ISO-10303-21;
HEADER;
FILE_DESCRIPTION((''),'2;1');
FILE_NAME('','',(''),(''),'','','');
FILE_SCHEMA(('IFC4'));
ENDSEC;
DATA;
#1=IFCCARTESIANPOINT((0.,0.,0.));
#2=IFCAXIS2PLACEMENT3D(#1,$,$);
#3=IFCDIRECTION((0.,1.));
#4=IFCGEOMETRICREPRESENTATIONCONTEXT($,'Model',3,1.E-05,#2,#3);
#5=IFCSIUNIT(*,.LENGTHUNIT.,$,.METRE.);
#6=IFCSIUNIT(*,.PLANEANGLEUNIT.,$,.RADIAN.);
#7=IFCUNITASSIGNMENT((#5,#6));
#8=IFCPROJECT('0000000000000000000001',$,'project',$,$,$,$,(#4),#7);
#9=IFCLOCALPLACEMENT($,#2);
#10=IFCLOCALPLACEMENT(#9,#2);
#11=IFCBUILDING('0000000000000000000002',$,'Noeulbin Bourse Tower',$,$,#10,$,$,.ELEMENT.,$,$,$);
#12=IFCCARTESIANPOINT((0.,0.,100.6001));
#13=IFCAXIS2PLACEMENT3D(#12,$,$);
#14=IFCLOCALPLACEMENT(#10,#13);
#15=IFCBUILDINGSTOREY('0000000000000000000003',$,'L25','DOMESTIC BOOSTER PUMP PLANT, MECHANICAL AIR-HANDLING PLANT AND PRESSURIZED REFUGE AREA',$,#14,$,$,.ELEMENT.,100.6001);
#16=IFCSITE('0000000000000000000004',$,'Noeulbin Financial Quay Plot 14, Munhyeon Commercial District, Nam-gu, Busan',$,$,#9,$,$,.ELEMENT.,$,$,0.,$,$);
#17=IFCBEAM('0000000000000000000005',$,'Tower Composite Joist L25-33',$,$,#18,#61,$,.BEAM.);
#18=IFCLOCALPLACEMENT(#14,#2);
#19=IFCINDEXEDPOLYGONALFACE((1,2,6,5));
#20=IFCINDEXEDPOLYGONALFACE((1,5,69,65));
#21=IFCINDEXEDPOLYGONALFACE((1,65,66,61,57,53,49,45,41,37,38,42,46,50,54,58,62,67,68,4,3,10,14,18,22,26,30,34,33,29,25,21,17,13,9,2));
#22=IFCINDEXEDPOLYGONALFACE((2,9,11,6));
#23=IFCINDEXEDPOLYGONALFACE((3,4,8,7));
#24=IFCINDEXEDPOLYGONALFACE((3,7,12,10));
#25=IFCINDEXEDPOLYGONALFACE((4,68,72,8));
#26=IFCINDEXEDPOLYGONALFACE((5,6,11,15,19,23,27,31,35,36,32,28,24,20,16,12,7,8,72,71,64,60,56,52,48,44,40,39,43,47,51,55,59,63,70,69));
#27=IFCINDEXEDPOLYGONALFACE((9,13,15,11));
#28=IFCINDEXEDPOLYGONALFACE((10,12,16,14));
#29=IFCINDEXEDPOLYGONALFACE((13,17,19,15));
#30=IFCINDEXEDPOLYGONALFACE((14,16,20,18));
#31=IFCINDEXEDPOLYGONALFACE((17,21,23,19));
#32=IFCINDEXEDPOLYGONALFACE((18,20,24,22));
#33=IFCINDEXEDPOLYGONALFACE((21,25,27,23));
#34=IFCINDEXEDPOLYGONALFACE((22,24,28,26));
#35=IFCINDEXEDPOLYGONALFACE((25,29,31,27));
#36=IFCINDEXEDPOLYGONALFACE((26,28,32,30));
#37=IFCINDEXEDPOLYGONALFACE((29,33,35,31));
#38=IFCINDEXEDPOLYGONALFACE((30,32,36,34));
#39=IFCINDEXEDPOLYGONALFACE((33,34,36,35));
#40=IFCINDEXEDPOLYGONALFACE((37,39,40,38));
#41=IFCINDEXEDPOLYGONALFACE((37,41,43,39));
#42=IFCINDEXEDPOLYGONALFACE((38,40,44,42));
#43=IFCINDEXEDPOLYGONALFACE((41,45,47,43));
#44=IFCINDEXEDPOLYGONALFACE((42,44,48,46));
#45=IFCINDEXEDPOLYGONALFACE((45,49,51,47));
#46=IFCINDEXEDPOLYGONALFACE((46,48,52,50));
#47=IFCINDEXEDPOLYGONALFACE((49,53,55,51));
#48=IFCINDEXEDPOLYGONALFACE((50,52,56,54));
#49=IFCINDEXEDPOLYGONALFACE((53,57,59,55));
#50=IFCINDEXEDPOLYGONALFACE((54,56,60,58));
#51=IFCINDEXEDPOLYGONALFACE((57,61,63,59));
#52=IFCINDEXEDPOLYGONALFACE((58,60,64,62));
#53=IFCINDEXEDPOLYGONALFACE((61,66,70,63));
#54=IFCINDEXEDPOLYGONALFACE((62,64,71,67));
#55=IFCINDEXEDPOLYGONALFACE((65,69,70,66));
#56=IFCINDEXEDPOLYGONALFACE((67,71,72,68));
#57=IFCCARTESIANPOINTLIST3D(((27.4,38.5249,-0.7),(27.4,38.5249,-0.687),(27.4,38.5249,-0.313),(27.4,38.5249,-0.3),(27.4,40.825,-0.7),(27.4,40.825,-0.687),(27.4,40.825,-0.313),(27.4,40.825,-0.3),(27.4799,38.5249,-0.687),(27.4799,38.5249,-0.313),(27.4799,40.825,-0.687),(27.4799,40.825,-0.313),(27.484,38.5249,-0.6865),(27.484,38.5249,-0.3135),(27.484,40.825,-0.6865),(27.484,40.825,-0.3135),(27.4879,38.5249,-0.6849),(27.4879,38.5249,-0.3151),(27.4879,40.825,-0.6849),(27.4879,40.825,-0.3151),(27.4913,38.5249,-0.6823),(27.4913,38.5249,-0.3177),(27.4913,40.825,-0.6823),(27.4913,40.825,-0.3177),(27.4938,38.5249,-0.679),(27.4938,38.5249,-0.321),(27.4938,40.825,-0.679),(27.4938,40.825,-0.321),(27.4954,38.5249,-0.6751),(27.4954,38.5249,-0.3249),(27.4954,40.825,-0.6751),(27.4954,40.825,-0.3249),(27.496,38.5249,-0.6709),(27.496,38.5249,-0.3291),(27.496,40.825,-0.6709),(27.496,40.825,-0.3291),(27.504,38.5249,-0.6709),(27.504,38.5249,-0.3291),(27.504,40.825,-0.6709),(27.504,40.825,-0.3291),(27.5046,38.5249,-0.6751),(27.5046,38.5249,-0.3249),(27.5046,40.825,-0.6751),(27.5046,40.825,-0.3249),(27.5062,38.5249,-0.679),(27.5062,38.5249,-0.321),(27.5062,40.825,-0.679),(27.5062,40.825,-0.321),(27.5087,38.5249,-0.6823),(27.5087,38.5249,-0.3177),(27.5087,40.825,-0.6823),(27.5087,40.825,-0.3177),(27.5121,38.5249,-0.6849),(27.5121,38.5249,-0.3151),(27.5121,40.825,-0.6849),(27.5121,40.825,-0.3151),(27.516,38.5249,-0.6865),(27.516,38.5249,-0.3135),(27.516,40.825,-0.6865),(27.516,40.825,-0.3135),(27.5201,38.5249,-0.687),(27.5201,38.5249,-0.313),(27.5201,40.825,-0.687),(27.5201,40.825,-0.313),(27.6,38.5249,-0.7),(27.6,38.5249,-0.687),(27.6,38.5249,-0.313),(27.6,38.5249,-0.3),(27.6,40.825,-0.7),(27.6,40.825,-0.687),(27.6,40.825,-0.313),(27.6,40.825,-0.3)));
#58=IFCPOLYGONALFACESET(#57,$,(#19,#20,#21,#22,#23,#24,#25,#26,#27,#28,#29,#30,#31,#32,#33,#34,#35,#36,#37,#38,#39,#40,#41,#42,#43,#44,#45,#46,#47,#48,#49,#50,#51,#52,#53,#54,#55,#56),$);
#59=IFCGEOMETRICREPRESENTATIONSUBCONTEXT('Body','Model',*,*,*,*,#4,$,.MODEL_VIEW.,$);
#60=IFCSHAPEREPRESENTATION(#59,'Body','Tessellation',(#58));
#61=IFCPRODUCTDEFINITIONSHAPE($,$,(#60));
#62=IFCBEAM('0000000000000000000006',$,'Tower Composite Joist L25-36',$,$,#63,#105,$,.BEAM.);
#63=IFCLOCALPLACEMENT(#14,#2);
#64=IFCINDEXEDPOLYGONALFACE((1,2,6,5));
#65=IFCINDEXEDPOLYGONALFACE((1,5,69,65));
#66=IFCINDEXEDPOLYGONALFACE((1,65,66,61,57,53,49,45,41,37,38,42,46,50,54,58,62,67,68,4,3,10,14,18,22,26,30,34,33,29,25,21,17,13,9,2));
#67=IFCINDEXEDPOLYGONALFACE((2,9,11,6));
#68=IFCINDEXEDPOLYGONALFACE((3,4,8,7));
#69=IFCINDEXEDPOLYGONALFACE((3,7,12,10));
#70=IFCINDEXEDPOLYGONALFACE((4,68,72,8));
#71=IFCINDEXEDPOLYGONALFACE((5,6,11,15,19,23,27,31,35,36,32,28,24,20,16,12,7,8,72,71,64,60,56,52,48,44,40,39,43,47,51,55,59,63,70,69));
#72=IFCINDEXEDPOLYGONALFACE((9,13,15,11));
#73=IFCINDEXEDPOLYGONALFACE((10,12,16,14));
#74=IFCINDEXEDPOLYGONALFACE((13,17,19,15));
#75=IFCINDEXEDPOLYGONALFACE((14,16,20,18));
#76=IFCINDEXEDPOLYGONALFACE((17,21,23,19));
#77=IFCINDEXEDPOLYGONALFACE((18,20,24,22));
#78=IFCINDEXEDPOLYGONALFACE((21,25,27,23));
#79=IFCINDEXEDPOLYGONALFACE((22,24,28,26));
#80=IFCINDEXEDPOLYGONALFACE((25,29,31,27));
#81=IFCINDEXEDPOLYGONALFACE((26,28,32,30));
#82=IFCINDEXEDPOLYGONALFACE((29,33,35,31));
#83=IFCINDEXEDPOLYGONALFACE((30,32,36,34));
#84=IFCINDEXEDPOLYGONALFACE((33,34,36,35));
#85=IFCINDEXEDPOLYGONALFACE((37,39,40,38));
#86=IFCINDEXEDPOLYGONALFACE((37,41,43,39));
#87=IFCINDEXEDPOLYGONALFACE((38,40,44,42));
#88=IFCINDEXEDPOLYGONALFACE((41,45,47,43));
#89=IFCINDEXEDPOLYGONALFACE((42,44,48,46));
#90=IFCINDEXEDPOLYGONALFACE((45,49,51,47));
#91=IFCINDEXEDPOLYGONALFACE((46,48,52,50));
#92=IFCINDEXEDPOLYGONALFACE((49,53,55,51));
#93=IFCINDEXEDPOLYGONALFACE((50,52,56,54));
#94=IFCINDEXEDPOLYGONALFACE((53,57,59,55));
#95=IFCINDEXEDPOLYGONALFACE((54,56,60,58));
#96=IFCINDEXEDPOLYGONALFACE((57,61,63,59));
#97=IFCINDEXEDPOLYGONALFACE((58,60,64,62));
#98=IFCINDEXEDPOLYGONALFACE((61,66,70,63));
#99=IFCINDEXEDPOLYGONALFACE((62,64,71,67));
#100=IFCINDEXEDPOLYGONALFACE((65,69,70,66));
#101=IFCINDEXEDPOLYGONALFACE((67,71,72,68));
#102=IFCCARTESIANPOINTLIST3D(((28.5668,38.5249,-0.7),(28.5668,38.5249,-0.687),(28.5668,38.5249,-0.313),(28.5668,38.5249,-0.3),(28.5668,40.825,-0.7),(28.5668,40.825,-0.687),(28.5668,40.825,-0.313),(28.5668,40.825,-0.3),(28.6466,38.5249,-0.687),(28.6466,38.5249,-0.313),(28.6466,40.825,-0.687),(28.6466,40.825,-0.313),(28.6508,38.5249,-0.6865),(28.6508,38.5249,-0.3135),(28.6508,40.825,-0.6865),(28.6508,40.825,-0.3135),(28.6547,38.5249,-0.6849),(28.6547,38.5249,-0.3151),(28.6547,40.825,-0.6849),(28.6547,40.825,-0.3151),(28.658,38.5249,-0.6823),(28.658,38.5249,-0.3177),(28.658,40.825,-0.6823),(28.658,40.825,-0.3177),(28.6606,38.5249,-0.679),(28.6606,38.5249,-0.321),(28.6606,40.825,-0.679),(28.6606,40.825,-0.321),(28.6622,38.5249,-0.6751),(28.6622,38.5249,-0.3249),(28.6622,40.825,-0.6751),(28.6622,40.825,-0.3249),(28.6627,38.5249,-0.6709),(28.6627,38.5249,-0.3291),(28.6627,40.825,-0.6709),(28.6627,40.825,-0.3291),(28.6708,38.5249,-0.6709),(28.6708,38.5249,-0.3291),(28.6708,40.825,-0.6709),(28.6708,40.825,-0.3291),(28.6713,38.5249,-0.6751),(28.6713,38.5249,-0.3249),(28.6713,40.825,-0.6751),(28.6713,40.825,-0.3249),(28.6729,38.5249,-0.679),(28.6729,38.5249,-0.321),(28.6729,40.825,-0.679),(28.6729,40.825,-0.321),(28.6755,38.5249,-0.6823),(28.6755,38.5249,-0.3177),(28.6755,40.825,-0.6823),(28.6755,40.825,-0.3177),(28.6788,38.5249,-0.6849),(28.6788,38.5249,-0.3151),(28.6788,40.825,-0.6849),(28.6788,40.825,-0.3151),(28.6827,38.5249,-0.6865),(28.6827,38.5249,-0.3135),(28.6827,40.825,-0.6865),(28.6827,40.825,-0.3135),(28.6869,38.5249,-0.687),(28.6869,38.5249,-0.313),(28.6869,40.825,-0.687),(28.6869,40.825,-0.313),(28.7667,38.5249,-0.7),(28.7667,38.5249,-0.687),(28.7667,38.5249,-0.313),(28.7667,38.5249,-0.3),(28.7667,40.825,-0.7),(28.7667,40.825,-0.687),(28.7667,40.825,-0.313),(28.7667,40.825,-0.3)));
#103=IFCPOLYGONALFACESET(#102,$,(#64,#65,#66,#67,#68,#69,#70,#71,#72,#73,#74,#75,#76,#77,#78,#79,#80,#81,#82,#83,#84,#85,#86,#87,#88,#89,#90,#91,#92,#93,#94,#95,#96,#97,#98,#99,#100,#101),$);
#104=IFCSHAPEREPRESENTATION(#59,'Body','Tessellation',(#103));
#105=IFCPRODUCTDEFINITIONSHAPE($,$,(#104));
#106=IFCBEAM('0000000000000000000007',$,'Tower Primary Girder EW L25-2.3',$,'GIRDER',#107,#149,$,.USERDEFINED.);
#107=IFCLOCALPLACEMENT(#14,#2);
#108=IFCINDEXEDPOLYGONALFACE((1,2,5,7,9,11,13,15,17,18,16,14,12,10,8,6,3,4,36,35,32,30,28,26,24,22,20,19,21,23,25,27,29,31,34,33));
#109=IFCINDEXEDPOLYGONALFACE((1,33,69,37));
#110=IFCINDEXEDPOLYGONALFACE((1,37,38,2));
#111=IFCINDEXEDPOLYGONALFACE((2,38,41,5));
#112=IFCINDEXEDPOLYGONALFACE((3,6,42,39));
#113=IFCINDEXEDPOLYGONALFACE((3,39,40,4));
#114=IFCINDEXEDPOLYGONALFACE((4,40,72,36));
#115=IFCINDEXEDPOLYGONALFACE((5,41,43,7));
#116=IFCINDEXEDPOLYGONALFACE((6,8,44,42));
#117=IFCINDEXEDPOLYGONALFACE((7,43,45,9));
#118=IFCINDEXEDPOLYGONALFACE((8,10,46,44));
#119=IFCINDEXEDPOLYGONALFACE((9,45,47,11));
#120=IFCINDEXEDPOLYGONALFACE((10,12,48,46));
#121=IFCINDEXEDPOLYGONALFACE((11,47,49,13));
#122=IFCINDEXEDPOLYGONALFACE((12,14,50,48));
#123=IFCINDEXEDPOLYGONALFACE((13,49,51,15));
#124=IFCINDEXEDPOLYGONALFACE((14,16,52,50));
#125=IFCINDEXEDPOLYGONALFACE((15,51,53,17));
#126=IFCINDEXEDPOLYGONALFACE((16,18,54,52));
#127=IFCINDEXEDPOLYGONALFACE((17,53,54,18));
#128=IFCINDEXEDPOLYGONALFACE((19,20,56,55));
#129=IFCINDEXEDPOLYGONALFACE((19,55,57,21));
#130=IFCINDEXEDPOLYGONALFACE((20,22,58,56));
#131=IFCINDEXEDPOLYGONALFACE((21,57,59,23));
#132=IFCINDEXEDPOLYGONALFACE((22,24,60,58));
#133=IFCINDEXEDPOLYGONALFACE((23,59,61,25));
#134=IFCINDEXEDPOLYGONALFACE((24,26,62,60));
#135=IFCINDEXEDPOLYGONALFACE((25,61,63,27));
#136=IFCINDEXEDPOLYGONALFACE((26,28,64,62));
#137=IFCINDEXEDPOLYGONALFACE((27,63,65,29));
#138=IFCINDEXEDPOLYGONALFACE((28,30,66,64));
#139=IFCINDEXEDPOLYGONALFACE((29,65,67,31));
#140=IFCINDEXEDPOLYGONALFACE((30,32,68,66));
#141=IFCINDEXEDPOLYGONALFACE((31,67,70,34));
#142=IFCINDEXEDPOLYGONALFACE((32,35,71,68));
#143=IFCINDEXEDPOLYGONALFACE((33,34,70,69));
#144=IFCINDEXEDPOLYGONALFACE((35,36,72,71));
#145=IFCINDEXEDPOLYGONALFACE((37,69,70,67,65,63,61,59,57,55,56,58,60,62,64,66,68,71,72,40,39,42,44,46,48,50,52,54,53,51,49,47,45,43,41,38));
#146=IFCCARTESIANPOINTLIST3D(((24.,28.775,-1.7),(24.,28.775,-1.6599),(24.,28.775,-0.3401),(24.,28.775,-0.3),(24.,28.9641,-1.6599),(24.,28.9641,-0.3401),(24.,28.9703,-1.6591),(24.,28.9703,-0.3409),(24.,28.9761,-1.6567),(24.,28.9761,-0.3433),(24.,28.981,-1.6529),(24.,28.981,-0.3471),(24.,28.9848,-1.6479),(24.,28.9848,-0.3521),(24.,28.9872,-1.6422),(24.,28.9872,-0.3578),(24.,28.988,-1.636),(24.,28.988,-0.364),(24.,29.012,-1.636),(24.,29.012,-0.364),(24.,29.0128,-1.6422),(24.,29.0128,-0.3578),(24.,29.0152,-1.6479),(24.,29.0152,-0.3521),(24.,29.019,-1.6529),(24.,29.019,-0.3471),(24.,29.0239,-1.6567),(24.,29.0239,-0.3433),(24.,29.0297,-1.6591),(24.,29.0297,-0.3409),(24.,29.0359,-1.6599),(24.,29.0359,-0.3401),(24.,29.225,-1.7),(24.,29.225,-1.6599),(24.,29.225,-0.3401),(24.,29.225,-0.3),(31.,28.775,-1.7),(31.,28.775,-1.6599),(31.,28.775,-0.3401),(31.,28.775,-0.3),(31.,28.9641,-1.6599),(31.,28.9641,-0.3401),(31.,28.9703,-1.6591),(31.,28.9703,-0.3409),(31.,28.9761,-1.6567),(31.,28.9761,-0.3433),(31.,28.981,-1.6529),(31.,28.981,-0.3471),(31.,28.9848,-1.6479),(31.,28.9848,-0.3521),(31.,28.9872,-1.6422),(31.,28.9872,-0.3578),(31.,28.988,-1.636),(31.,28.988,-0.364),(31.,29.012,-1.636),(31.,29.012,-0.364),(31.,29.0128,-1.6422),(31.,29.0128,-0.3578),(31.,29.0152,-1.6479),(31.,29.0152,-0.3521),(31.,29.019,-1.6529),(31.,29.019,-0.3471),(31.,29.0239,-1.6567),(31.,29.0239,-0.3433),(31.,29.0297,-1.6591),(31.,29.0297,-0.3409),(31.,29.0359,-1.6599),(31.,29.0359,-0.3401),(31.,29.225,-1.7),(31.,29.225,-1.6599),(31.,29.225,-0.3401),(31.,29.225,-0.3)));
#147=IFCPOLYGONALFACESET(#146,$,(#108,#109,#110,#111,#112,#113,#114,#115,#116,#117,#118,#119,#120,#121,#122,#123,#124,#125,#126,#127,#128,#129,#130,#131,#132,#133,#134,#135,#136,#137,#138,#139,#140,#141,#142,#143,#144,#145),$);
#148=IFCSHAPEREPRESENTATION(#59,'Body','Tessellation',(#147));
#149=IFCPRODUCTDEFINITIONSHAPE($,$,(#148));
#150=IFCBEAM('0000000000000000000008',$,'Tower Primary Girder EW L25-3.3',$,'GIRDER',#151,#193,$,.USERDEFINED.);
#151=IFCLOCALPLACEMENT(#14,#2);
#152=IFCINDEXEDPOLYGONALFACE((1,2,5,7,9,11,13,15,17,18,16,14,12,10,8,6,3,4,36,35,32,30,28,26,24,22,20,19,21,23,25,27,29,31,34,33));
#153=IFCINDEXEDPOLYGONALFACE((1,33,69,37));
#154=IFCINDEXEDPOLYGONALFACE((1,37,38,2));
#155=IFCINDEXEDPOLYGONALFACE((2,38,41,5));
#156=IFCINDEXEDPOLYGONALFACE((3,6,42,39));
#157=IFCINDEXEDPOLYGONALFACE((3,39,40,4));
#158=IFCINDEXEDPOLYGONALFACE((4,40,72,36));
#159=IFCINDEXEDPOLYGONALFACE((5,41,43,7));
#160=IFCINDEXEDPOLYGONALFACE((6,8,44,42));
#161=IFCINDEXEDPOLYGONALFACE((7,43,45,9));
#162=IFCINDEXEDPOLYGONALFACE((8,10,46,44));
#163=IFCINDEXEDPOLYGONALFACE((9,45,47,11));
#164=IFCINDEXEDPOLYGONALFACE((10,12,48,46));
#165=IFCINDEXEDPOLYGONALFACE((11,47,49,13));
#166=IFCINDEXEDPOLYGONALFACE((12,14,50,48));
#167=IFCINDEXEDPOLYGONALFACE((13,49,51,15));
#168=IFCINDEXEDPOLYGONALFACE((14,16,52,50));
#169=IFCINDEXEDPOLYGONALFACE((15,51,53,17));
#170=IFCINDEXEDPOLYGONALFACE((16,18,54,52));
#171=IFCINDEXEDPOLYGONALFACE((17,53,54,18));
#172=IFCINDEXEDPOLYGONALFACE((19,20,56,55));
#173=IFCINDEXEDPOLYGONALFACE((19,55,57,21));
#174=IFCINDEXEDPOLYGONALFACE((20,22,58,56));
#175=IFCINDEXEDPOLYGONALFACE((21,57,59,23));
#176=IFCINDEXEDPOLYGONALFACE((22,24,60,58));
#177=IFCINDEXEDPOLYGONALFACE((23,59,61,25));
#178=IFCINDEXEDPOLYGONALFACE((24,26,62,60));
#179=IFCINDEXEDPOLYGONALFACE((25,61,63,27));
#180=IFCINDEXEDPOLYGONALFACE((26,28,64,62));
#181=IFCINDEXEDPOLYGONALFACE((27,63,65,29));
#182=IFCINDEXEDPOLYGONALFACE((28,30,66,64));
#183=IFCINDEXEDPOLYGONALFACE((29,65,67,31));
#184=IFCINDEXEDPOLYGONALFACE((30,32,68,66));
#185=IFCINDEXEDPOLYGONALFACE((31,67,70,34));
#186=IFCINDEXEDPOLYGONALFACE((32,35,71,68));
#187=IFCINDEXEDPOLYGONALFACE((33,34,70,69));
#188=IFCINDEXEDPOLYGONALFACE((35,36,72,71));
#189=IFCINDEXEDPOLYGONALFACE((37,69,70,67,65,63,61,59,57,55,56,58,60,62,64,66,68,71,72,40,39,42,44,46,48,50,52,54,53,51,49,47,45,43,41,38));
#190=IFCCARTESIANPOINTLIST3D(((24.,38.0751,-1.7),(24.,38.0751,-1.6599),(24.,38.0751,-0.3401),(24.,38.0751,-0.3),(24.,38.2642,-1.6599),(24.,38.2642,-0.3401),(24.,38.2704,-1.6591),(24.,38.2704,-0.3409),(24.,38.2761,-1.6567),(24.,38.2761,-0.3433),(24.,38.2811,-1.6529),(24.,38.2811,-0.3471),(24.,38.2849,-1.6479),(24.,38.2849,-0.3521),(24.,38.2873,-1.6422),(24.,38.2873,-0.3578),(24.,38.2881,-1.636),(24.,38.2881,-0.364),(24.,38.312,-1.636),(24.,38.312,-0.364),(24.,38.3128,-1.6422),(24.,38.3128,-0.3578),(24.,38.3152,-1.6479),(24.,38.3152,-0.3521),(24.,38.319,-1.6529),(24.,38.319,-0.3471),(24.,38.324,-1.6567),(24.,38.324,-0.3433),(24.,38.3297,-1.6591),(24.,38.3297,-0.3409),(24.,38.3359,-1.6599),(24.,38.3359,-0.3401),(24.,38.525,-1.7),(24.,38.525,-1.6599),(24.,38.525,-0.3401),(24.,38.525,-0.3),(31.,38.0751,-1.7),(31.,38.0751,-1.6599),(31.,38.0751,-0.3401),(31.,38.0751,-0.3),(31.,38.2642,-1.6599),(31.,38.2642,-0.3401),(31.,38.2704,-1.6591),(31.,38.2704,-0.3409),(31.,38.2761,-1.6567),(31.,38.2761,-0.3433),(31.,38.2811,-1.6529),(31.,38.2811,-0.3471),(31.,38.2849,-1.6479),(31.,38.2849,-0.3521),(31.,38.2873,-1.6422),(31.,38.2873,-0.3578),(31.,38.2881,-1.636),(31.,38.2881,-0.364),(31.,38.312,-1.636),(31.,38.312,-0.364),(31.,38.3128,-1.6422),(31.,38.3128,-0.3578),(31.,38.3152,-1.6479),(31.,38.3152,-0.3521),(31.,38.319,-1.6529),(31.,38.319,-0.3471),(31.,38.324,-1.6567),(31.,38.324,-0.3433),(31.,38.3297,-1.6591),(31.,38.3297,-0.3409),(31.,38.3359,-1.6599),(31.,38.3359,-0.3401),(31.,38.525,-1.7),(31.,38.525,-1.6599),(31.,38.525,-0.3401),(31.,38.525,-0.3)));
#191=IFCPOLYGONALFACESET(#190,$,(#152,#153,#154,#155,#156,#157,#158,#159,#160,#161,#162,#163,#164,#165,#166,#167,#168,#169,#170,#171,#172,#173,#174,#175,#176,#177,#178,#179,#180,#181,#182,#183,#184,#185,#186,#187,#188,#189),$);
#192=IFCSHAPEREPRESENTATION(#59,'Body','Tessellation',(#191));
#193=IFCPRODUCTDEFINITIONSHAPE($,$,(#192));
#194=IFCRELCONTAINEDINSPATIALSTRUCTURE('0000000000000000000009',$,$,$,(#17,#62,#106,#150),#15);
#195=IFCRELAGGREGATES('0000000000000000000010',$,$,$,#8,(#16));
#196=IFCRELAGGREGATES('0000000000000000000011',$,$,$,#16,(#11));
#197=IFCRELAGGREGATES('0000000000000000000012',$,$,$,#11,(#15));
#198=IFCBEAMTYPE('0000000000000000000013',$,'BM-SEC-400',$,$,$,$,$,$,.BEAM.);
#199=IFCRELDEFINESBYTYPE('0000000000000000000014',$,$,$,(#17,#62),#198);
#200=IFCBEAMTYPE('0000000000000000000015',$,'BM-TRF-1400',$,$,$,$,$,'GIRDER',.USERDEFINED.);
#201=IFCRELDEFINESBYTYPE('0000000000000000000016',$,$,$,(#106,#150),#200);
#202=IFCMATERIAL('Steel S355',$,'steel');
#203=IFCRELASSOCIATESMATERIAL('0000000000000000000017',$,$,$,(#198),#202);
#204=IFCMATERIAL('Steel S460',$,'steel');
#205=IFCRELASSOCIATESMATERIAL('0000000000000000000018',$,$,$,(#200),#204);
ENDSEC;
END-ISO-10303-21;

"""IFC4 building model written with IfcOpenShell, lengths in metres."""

from ifc_helpers import new_model, si_unit, direction, frame, origin, origin_2d, place, context, subcontext, project, spatial, i_section, extrude, material, material_profile, profile_set, type_object, element, save


model = new_model("IFC4")

# Units and contexts
model_context = context("Model", 3, precision=1e-05, world=origin(), true_north=direction((0.0, 1.0)))
body_context = subcontext(model_context, "Body", "Model", "MODEL_VIEW")
ifc_project = project(units=[si_unit("LENGTHUNIT", "METRE"), si_unit("PLANEANGLEUNIT", "RADIAN")], contexts=[model_context])

# Site, building, storey
site_placement = place(None, origin())
site = spatial("IfcSite", under=ifc_project, at=site_placement, Name="Noeulbin Financial Quay Plot 14, Munhyeon Commercial District, Nam-gu, Busan", CompositionType="ELEMENT", RefElevation=0.0)
building_placement = place(site_placement, origin())
building = spatial("IfcBuilding", under=site, at=building_placement, Name="Noeulbin Bourse Tower", CompositionType="ELEMENT")
storey_placement = place(building_placement, frame((0.0, 0.0, 100.6001)))
storey = spatial("IfcBuildingStorey", under=building, at=storey_placement, Name="L25", Description="DOMESTIC BOOSTER PUMP PLANT, MECHANICAL AIR-HANDLING PLANT AND PRESSURIZED REFUGE AREA", CompositionType="ELEMENT", Elevation=100.6001)

# Shared definitions
ifc_material_1 = material(Name="Steel S460", Category="steel")

# Beams
ifc_material_2 = material(Name="Steel S355", Category="steel")
ifc_material_profile_1 = material_profile(ifc_material_2, i_section(OverallWidth=0.2, OverallDepth=0.3999, WebThickness=0.0081, FlangeThickness=0.0129, FilletRadius=0.0161, at=origin_2d()), Name="H-400x200x8x13", Category="LoadBearing")
ifc_profile_set_1 = profile_set([ifc_material_profile_1], Name="Steel S355")
beam_type_1 = type_object("IfcBeamType", Name="BM-SEC-400", PredefinedType="BEAM", material=ifc_profile_set_1)
for number, where, z_axis, x_axis, name in (
    (1, (27.5, 38.5249, -0.5), (0.0, 1.0, 0.0), (-1.0, 0.0, 0.0), "Tower Composite Joist L25-33"),
    (2, (28.6667, 38.5249, -0.5), (0.0, 1.0, 0.0), (-1.0, 0.0, 0.0), "Tower Composite Joist L25-36"),
):
    element("IfcBeam", number, at=place(storey_placement, frame(where, z_axis=z_axis, x_axis=x_axis)), inside=storey, type_object=beam_type_1, Name=name, PredefinedType="BEAM", context=body_context, shape_type="SweptSolid", body=[
        extrude(i_section(OverallWidth=0.2, OverallDepth=0.3999, WebThickness=0.0081, FlangeThickness=0.0129, FilletRadius=0.0161, at=origin_2d()), origin(), (0.0, 0.0, 1.0), 2.3),
    ])
ifc_material_profile_2 = material_profile(ifc_material_1, i_section(OverallWidth=0.45, OverallDepth=1.3999, WebThickness=0.0239, FlangeThickness=0.04, FilletRadius=0.0239, at=origin_2d()), Name="PG-1400x450x24x40", Category="LoadBearing")
ifc_profile_set_2 = profile_set([ifc_material_profile_2], Name="Steel S460")
beam_type_2 = type_object("IfcBeamType", Name="BM-TRF-1400", ElementType="GIRDER", PredefinedType="USERDEFINED", material=ifc_profile_set_2)
for number, where, z_axis, x_axis, name in (
    (3, (24.0, 29.0, -1.0), (1.0, 0.0, 0.0), (0.0, 1.0, 0.0), "Tower Primary Girder EW L25-2.3"),
    (4, (24.0, 38.3, -1.0), (1.0, 0.0, 0.0), (0.0, 1.0, 0.0), "Tower Primary Girder EW L25-3.3"),
):
    element("IfcBeam", number, at=place(storey_placement, frame(where, z_axis=z_axis, x_axis=x_axis)), inside=storey, type_object=beam_type_2, Name=name, ObjectType="GIRDER", PredefinedType="USERDEFINED", context=body_context, shape_type="SweptSolid", body=[
        extrude(i_section(OverallWidth=0.45, OverallDepth=1.3999, WebThickness=0.0239, FlangeThickness=0.04, FilletRadius=0.0239, at=origin_2d()), origin(), (0.0, 0.0, 1.0), 7.0),
    ])

save(model, "model.ifc")
